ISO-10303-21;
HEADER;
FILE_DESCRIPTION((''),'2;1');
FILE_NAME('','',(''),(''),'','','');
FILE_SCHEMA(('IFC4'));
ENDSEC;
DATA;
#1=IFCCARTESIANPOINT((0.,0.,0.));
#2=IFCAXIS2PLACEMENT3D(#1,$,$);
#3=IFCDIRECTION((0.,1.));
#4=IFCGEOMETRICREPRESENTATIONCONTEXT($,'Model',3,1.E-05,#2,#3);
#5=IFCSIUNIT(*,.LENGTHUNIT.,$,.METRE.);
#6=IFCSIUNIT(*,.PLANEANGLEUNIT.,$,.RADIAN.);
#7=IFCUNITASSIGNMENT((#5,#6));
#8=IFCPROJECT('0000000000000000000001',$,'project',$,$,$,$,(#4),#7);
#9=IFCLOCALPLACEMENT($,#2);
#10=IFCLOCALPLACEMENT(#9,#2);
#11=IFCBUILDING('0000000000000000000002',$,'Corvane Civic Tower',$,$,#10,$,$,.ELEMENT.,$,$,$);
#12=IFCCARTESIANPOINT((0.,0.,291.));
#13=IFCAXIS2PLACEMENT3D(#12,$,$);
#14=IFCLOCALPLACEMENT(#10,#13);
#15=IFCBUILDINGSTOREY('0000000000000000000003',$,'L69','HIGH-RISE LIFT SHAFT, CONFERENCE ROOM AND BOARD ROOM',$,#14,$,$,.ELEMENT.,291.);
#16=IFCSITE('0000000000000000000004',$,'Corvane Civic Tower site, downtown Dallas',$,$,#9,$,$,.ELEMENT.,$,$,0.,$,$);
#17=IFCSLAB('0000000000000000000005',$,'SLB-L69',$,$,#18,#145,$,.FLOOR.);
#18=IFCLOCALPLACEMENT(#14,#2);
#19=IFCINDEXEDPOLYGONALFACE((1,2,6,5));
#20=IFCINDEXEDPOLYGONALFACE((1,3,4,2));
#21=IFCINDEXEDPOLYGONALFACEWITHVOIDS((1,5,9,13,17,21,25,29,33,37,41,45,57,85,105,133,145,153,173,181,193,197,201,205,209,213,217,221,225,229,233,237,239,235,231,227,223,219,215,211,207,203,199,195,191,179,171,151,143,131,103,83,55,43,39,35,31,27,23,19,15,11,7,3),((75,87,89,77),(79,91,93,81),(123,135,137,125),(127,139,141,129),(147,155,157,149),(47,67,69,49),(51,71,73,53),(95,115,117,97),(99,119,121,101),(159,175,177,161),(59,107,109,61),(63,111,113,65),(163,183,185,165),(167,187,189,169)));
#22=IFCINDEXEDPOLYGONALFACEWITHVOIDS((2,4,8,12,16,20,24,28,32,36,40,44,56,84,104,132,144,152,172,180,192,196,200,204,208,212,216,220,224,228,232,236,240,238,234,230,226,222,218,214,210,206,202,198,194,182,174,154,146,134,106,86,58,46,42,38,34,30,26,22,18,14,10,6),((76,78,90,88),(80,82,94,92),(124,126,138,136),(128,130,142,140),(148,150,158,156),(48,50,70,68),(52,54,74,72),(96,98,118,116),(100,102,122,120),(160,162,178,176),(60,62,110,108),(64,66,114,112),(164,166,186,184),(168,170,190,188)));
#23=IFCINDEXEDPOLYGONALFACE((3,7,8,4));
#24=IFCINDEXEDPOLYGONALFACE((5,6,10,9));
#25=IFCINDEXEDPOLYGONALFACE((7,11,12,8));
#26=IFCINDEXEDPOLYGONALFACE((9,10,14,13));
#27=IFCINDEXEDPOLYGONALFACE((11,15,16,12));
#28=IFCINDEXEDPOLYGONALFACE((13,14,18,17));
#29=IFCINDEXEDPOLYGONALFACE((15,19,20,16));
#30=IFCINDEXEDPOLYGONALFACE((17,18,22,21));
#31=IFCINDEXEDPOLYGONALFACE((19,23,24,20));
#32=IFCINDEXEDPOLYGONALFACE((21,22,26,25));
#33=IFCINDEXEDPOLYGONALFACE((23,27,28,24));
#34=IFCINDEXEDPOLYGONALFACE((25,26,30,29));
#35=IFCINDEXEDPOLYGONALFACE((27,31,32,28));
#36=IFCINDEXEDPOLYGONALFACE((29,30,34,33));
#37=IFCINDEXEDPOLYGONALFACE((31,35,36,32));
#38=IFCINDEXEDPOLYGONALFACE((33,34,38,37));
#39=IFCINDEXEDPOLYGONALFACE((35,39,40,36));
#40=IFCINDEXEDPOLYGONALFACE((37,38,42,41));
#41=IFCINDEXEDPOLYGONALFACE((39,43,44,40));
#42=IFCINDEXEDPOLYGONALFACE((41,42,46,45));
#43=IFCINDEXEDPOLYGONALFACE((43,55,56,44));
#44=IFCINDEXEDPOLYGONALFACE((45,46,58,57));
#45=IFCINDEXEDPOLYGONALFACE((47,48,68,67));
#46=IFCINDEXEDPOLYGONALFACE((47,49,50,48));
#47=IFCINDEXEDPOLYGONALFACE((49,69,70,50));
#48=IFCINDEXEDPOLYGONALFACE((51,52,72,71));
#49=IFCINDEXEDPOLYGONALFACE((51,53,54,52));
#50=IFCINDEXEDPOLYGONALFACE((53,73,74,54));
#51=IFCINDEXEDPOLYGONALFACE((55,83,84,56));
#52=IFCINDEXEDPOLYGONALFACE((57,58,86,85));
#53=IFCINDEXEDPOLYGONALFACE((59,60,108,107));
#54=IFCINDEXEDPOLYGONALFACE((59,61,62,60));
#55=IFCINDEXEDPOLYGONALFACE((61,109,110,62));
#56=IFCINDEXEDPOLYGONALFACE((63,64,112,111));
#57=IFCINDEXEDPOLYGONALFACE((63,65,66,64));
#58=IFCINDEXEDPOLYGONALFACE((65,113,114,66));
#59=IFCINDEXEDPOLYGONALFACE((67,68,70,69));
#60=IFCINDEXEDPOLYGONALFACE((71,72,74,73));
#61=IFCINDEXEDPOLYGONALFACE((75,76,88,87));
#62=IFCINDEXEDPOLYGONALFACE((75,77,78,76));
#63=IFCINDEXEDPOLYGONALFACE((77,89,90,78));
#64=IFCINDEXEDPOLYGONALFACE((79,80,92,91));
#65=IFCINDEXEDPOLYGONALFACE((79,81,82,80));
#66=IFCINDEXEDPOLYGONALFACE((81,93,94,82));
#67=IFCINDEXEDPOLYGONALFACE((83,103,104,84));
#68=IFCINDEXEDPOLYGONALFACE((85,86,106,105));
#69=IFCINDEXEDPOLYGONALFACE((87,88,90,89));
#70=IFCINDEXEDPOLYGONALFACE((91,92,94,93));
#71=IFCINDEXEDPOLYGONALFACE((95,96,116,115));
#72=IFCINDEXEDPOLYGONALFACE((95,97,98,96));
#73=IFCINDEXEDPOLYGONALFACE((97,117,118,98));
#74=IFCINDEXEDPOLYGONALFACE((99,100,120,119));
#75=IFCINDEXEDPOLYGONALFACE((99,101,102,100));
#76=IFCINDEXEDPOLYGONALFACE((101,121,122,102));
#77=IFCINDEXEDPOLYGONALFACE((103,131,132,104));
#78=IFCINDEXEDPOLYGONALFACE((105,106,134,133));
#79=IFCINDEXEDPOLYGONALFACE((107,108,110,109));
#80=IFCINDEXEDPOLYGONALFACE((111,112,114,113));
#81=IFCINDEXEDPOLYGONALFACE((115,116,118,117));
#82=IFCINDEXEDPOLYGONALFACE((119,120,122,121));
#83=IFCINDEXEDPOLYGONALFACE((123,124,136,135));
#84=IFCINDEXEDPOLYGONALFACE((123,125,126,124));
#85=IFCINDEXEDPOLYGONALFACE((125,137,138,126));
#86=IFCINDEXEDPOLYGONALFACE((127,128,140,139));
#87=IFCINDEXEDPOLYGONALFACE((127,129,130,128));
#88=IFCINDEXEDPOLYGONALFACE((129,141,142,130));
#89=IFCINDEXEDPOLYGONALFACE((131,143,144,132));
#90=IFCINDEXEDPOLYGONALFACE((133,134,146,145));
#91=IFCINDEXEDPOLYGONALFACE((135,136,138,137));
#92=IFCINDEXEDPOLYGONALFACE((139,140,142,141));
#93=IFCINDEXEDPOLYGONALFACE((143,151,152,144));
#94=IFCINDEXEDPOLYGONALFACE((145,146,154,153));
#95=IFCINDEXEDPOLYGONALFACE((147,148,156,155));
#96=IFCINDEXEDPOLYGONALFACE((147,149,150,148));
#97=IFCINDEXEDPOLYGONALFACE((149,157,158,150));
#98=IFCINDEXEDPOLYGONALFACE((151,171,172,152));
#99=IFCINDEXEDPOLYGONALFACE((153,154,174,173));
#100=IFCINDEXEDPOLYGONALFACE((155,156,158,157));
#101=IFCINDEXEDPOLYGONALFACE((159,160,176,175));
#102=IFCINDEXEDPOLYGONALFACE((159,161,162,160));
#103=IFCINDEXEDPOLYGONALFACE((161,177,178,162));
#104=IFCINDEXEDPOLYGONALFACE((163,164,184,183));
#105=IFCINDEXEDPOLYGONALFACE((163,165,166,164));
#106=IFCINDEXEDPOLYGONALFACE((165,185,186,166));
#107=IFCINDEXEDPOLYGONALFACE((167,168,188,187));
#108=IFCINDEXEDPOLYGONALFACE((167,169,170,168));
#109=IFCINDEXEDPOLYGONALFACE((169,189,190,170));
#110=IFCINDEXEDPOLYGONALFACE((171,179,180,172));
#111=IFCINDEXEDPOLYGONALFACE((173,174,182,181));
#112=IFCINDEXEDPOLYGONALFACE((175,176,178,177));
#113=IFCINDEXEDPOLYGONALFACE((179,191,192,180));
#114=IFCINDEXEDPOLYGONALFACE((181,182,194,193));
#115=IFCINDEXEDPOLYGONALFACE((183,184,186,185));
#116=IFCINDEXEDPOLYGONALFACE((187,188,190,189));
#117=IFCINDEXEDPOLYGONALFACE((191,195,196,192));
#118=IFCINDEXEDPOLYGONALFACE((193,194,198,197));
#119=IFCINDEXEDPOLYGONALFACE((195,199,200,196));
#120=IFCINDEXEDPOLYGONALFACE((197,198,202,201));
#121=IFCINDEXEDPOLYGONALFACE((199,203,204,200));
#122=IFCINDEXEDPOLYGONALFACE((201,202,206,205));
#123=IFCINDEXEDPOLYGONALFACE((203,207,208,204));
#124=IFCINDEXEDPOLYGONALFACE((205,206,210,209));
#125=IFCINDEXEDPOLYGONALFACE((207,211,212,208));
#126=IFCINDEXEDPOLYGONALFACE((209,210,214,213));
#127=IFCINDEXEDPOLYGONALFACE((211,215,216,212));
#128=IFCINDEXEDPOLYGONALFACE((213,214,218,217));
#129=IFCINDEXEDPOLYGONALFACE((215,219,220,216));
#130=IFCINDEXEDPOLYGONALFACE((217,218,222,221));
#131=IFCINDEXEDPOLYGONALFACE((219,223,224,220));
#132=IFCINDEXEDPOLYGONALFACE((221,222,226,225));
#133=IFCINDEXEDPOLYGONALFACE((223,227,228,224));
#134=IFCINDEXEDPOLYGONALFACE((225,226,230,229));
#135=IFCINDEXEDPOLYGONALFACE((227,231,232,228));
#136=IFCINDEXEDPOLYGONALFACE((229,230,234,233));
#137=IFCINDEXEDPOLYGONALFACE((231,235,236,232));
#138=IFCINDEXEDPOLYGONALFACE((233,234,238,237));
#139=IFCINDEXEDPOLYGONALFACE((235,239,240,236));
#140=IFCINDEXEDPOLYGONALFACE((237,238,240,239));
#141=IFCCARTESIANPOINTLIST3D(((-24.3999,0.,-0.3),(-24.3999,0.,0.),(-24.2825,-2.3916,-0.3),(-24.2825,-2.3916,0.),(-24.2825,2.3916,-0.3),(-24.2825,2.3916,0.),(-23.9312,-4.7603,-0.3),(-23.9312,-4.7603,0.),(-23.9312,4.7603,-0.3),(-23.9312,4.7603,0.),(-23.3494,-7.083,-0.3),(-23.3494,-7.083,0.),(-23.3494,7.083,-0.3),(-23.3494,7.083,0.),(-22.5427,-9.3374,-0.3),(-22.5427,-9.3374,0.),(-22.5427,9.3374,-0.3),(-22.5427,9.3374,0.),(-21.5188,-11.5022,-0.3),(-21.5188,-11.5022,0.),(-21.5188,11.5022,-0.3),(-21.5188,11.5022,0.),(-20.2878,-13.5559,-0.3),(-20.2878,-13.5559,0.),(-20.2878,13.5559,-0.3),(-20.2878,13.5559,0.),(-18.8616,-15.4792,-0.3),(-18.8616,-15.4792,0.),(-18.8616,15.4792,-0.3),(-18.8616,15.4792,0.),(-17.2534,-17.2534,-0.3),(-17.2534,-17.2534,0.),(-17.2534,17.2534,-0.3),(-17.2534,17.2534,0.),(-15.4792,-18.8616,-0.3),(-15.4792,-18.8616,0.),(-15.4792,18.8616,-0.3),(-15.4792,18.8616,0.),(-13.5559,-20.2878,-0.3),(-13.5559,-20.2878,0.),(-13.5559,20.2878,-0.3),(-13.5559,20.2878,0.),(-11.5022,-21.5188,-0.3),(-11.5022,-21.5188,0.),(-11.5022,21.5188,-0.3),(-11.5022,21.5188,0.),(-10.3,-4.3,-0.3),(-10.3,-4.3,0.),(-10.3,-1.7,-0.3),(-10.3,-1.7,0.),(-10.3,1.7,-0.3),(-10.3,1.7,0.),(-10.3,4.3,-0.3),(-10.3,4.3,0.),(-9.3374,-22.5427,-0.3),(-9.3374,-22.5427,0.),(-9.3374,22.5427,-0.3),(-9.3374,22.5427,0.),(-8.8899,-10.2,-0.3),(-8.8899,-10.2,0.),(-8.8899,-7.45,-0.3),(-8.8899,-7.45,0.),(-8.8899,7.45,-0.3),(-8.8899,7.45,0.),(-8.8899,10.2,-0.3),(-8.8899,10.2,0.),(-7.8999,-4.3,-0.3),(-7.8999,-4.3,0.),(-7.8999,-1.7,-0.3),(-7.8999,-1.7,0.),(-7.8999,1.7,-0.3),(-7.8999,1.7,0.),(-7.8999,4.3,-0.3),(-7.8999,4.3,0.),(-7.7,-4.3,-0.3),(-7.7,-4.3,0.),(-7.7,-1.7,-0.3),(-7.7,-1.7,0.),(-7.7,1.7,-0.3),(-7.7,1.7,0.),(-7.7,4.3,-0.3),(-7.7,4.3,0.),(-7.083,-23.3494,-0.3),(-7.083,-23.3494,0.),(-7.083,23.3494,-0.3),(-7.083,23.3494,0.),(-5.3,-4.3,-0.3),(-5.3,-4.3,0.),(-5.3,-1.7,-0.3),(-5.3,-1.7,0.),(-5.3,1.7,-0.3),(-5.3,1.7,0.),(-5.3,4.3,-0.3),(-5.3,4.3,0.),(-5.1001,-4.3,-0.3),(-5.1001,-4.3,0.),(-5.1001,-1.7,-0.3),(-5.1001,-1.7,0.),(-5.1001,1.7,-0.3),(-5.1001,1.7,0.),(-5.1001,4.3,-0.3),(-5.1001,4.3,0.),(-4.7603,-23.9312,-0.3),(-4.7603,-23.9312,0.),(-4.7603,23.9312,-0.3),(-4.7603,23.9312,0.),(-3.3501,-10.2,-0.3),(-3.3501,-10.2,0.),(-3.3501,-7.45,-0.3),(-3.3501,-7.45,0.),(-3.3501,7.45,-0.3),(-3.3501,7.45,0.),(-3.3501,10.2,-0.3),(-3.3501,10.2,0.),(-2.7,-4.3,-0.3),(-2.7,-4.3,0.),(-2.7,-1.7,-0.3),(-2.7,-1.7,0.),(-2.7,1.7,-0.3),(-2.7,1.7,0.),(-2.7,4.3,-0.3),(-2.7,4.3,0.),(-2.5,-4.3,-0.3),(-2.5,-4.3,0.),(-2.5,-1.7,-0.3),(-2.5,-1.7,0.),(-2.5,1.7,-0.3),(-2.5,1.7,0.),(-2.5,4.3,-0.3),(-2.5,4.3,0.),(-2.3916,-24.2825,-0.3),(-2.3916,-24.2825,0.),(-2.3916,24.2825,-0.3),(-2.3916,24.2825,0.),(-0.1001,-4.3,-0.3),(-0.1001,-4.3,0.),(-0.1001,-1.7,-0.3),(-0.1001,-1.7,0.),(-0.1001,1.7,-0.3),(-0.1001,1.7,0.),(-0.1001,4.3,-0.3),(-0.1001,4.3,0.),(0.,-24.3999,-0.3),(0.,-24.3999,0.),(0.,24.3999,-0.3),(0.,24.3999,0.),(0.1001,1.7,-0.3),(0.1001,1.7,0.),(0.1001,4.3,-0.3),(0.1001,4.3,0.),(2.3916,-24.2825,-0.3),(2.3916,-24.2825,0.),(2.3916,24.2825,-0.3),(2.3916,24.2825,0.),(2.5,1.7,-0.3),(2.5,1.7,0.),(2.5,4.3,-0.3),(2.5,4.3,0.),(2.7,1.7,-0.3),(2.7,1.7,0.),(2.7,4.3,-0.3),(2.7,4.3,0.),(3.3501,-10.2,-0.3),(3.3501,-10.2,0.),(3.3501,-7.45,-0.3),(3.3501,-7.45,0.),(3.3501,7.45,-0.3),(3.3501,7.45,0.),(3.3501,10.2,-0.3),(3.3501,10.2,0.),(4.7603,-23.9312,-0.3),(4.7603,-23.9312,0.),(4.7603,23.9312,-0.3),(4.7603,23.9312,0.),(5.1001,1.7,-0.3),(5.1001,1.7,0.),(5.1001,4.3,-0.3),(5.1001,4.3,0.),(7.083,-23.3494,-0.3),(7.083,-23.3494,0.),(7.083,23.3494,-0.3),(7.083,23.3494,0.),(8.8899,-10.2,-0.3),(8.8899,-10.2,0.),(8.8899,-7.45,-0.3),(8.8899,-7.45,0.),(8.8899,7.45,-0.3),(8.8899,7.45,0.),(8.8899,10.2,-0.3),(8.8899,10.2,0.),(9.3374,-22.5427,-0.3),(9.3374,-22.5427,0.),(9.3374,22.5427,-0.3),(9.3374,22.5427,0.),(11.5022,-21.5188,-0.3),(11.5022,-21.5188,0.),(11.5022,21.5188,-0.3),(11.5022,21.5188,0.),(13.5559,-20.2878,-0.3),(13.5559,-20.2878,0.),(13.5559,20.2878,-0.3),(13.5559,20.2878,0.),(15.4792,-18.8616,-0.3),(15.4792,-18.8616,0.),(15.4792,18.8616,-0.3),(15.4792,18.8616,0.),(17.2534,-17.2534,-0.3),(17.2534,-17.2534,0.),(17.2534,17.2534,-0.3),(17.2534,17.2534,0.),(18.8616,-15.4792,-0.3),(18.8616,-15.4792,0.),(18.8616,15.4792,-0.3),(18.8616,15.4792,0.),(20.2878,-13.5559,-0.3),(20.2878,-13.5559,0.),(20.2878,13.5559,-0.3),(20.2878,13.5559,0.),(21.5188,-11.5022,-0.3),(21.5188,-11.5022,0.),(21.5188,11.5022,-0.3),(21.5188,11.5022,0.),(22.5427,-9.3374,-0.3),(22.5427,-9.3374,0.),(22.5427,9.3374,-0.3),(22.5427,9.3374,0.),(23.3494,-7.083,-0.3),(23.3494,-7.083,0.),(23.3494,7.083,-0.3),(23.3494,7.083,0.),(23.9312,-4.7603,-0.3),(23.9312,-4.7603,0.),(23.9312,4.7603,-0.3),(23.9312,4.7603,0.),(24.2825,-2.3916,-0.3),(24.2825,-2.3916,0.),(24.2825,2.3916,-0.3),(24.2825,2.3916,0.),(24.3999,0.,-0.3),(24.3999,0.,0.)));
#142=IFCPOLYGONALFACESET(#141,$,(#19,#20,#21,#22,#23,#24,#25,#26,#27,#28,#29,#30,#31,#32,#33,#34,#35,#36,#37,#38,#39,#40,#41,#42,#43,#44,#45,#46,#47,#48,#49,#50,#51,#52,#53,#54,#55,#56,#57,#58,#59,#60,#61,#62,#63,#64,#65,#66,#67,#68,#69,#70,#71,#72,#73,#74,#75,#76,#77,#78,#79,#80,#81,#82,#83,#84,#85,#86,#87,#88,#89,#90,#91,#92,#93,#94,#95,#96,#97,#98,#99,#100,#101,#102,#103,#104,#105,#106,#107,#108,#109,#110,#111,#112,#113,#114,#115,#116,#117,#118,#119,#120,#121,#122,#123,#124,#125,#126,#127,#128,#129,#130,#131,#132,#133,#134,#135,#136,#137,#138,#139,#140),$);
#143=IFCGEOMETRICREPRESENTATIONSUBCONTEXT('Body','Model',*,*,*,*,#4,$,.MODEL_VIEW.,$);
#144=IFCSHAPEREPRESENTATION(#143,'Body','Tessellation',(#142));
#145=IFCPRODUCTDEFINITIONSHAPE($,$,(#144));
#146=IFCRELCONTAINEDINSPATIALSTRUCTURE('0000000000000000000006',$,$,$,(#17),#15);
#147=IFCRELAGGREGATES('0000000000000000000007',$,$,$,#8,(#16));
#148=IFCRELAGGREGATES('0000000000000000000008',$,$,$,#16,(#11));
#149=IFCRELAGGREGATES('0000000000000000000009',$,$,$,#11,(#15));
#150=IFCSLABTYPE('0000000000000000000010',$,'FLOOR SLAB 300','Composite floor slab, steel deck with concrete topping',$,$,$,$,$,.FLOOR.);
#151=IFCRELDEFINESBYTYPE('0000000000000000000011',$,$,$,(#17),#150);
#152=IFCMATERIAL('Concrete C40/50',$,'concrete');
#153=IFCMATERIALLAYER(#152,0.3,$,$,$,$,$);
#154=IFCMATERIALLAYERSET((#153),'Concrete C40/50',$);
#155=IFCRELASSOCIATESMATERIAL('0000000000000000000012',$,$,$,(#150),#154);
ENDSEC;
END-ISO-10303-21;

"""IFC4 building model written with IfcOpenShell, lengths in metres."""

from ifc_helpers import new_model, si_unit, direction, frame, origin, place, context, subcontext, project, spatial, polyline, outline, extrude, material, layer, layer_set, type_object, element, save


model = new_model("IFC4")

# Units and contexts
model_context = context("Model", 3, precision=1e-05, world=origin(), true_north=direction((0.0, 1.0)))
body_context = subcontext(model_context, "Body", "Model", "MODEL_VIEW")
ifc_project = project(units=[si_unit("LENGTHUNIT", "METRE"), si_unit("PLANEANGLEUNIT", "RADIAN")], contexts=[model_context])

# Site, building, storey
site_placement = place(None, origin())
site = spatial("IfcSite", under=ifc_project, at=site_placement, Name="Corvane Civic Tower site, downtown Dallas", CompositionType="ELEMENT", RefElevation=0.0)
building_placement = place(site_placement, origin())
building = spatial("IfcBuilding", under=site, at=building_placement, Name="Corvane Civic Tower", CompositionType="ELEMENT")
storey_placement = place(building_placement, frame((0.0, 0.0, 291.0)))
storey = spatial("IfcBuildingStorey", under=building, at=storey_placement, Name="L69", Description="HIGH-RISE LIFT SHAFT, CONFERENCE ROOM AND BOARD ROOM", CompositionType="ELEMENT", Elevation=291.0)

# Slab
ifc_material_1 = material(Name="Concrete C40/50", Category="concrete")
ifc_layer_1 = layer(ifc_material_1, 0.3)
ifc_layer_set_1 = layer_set([ifc_layer_1], Name="Concrete C40/50")
slab_type = type_object("IfcSlabType", Name="FLOOR SLAB 300", Description="Composite floor slab, steel deck with concrete topping", PredefinedType="FLOOR", material=ifc_layer_set_1)
slab_placement = place(storey_placement, frame((0.0, 0.0, -0.3)))
element("IfcSlab", 1, at=slab_placement, inside=storey, type_object=slab_type, Name="SLB-L69", PredefinedType="FLOOR", context=body_context, shape_type="SweptSolid", body=[
    extrude(outline(polyline([(0.0, 24.3999), (-2.3916, 24.2825), (-4.7603, 23.9312), (-7.083, 23.3494), (-9.3374, 22.5427), (-11.5022, 21.5188), (-13.5559, 20.2878), (-15.4792, 18.8616), (-17.2534, 17.2534), (-18.8616, 15.4792), (-20.2878, 13.5559), (-21.5188, 11.5022), (-22.5427, 9.3374), (-23.3494, 7.083), (-23.9312, 4.7603), (-24.2825, 2.3916), (-24.3999, 0.0), (-24.2825, -2.3916), (-23.9312, -4.7603), (-23.3494, -7.083), (-22.5427, -9.3374), (-21.5188, -11.5022), (-20.2878, -13.5559), (-18.8616, -15.4792), (-17.2534, -17.2534), (-15.4792, -18.8616), (-13.5559, -20.2878), (-11.5022, -21.5188), (-9.3374, -22.5427), (-7.083, -23.3494), (-4.7603, -23.9312), (-2.3916, -24.2825), (0.0, -24.3999), (2.3916, -24.2825), (4.7603, -23.9312), (7.083, -23.3494), (9.3374, -22.5427), (11.5022, -21.5188), (13.5559, -20.2878), (15.4792, -18.8616), (17.2534, -17.2534), (18.8616, -15.4792), (20.2878, -13.5559), (21.5188, -11.5022), (22.5427, -9.3374), (23.3494, -7.083), (23.9312, -4.7603), (24.2825, -2.3916), (24.3999, 0.0), (24.2825, 2.3916), (23.9312, 4.7603), (23.3494, 7.083), (22.5427, 9.3374), (21.5188, 11.5022), (20.2878, 13.5559), (18.8616, 15.4792), (17.2534, 17.2534), (15.4792, 18.8616), (13.5559, 20.2878), (11.5022, 21.5188), (9.3374, 22.5427), (7.083, 23.3494), (4.7603, 23.9312), (2.3916, 24.2825), (0.0, 24.3999)]), holes=[polyline([(-10.3, 4.3), (-7.8999, 4.3), (-7.8999, 1.7), (-10.3, 1.7), (-10.3, 4.3)]), polyline([(-7.7, 4.3), (-5.3, 4.3), (-5.3, 1.7), (-7.7, 1.7), (-7.7, 4.3)]), polyline([(-5.1001, 4.3), (-2.7, 4.3), (-2.7, 1.7), (-5.1001, 1.7), (-5.1001, 4.3)]), polyline([(-0.1001, 1.7), (-2.5, 1.7), (-2.5, 4.3), (-0.1001, 4.3), (-0.1001, 1.7)]), polyline([(0.1001, 4.3), (2.5, 4.3), (2.5, 1.7), (0.1001, 1.7), (0.1001, 4.3)]), polyline([(2.7, 4.3), (5.1001, 4.3), (5.1001, 1.7), (2.7, 1.7), (2.7, 4.3)]), polyline([(-10.3, -4.3), (-10.3, -1.7), (-7.8999, -1.7), (-7.8999, -4.3), (-10.3, -4.3)]), polyline([(-7.7, -4.3), (-7.7, -1.7), (-5.3, -1.7), (-5.3, -4.3), (-7.7, -4.3)]), polyline([(-5.1001, -4.3), (-5.1001, -1.7), (-2.7, -1.7), (-2.7, -4.3), (-5.1001, -4.3)]), polyline([(-0.1001, -1.7), (-0.1001, -4.3), (-2.5, -4.3), (-2.5, -1.7), (-0.1001, -1.7)]), polyline([(8.8899, 10.2), (8.8899, 7.45), (3.3501, 7.45), (3.3501, 10.2), (8.8899, 10.2)]), polyline([(-8.8899, 7.45), (-8.8899, 10.2), (-3.3501, 10.2), (-3.3501, 7.45), (-8.8899, 7.45)]), polyline([(8.8899, -7.45), (8.8899, -10.2), (3.3501, -10.2), (3.3501, -7.45), (8.8899, -7.45)]), polyline([(-8.8899, -10.2), (-8.8899, -7.45), (-3.3501, -7.45), (-3.3501, -10.2), (-8.8899, -10.2)])]), origin(), (0.0, 0.0, 1.0), 0.3),
])

save(model, "model.ifc")
